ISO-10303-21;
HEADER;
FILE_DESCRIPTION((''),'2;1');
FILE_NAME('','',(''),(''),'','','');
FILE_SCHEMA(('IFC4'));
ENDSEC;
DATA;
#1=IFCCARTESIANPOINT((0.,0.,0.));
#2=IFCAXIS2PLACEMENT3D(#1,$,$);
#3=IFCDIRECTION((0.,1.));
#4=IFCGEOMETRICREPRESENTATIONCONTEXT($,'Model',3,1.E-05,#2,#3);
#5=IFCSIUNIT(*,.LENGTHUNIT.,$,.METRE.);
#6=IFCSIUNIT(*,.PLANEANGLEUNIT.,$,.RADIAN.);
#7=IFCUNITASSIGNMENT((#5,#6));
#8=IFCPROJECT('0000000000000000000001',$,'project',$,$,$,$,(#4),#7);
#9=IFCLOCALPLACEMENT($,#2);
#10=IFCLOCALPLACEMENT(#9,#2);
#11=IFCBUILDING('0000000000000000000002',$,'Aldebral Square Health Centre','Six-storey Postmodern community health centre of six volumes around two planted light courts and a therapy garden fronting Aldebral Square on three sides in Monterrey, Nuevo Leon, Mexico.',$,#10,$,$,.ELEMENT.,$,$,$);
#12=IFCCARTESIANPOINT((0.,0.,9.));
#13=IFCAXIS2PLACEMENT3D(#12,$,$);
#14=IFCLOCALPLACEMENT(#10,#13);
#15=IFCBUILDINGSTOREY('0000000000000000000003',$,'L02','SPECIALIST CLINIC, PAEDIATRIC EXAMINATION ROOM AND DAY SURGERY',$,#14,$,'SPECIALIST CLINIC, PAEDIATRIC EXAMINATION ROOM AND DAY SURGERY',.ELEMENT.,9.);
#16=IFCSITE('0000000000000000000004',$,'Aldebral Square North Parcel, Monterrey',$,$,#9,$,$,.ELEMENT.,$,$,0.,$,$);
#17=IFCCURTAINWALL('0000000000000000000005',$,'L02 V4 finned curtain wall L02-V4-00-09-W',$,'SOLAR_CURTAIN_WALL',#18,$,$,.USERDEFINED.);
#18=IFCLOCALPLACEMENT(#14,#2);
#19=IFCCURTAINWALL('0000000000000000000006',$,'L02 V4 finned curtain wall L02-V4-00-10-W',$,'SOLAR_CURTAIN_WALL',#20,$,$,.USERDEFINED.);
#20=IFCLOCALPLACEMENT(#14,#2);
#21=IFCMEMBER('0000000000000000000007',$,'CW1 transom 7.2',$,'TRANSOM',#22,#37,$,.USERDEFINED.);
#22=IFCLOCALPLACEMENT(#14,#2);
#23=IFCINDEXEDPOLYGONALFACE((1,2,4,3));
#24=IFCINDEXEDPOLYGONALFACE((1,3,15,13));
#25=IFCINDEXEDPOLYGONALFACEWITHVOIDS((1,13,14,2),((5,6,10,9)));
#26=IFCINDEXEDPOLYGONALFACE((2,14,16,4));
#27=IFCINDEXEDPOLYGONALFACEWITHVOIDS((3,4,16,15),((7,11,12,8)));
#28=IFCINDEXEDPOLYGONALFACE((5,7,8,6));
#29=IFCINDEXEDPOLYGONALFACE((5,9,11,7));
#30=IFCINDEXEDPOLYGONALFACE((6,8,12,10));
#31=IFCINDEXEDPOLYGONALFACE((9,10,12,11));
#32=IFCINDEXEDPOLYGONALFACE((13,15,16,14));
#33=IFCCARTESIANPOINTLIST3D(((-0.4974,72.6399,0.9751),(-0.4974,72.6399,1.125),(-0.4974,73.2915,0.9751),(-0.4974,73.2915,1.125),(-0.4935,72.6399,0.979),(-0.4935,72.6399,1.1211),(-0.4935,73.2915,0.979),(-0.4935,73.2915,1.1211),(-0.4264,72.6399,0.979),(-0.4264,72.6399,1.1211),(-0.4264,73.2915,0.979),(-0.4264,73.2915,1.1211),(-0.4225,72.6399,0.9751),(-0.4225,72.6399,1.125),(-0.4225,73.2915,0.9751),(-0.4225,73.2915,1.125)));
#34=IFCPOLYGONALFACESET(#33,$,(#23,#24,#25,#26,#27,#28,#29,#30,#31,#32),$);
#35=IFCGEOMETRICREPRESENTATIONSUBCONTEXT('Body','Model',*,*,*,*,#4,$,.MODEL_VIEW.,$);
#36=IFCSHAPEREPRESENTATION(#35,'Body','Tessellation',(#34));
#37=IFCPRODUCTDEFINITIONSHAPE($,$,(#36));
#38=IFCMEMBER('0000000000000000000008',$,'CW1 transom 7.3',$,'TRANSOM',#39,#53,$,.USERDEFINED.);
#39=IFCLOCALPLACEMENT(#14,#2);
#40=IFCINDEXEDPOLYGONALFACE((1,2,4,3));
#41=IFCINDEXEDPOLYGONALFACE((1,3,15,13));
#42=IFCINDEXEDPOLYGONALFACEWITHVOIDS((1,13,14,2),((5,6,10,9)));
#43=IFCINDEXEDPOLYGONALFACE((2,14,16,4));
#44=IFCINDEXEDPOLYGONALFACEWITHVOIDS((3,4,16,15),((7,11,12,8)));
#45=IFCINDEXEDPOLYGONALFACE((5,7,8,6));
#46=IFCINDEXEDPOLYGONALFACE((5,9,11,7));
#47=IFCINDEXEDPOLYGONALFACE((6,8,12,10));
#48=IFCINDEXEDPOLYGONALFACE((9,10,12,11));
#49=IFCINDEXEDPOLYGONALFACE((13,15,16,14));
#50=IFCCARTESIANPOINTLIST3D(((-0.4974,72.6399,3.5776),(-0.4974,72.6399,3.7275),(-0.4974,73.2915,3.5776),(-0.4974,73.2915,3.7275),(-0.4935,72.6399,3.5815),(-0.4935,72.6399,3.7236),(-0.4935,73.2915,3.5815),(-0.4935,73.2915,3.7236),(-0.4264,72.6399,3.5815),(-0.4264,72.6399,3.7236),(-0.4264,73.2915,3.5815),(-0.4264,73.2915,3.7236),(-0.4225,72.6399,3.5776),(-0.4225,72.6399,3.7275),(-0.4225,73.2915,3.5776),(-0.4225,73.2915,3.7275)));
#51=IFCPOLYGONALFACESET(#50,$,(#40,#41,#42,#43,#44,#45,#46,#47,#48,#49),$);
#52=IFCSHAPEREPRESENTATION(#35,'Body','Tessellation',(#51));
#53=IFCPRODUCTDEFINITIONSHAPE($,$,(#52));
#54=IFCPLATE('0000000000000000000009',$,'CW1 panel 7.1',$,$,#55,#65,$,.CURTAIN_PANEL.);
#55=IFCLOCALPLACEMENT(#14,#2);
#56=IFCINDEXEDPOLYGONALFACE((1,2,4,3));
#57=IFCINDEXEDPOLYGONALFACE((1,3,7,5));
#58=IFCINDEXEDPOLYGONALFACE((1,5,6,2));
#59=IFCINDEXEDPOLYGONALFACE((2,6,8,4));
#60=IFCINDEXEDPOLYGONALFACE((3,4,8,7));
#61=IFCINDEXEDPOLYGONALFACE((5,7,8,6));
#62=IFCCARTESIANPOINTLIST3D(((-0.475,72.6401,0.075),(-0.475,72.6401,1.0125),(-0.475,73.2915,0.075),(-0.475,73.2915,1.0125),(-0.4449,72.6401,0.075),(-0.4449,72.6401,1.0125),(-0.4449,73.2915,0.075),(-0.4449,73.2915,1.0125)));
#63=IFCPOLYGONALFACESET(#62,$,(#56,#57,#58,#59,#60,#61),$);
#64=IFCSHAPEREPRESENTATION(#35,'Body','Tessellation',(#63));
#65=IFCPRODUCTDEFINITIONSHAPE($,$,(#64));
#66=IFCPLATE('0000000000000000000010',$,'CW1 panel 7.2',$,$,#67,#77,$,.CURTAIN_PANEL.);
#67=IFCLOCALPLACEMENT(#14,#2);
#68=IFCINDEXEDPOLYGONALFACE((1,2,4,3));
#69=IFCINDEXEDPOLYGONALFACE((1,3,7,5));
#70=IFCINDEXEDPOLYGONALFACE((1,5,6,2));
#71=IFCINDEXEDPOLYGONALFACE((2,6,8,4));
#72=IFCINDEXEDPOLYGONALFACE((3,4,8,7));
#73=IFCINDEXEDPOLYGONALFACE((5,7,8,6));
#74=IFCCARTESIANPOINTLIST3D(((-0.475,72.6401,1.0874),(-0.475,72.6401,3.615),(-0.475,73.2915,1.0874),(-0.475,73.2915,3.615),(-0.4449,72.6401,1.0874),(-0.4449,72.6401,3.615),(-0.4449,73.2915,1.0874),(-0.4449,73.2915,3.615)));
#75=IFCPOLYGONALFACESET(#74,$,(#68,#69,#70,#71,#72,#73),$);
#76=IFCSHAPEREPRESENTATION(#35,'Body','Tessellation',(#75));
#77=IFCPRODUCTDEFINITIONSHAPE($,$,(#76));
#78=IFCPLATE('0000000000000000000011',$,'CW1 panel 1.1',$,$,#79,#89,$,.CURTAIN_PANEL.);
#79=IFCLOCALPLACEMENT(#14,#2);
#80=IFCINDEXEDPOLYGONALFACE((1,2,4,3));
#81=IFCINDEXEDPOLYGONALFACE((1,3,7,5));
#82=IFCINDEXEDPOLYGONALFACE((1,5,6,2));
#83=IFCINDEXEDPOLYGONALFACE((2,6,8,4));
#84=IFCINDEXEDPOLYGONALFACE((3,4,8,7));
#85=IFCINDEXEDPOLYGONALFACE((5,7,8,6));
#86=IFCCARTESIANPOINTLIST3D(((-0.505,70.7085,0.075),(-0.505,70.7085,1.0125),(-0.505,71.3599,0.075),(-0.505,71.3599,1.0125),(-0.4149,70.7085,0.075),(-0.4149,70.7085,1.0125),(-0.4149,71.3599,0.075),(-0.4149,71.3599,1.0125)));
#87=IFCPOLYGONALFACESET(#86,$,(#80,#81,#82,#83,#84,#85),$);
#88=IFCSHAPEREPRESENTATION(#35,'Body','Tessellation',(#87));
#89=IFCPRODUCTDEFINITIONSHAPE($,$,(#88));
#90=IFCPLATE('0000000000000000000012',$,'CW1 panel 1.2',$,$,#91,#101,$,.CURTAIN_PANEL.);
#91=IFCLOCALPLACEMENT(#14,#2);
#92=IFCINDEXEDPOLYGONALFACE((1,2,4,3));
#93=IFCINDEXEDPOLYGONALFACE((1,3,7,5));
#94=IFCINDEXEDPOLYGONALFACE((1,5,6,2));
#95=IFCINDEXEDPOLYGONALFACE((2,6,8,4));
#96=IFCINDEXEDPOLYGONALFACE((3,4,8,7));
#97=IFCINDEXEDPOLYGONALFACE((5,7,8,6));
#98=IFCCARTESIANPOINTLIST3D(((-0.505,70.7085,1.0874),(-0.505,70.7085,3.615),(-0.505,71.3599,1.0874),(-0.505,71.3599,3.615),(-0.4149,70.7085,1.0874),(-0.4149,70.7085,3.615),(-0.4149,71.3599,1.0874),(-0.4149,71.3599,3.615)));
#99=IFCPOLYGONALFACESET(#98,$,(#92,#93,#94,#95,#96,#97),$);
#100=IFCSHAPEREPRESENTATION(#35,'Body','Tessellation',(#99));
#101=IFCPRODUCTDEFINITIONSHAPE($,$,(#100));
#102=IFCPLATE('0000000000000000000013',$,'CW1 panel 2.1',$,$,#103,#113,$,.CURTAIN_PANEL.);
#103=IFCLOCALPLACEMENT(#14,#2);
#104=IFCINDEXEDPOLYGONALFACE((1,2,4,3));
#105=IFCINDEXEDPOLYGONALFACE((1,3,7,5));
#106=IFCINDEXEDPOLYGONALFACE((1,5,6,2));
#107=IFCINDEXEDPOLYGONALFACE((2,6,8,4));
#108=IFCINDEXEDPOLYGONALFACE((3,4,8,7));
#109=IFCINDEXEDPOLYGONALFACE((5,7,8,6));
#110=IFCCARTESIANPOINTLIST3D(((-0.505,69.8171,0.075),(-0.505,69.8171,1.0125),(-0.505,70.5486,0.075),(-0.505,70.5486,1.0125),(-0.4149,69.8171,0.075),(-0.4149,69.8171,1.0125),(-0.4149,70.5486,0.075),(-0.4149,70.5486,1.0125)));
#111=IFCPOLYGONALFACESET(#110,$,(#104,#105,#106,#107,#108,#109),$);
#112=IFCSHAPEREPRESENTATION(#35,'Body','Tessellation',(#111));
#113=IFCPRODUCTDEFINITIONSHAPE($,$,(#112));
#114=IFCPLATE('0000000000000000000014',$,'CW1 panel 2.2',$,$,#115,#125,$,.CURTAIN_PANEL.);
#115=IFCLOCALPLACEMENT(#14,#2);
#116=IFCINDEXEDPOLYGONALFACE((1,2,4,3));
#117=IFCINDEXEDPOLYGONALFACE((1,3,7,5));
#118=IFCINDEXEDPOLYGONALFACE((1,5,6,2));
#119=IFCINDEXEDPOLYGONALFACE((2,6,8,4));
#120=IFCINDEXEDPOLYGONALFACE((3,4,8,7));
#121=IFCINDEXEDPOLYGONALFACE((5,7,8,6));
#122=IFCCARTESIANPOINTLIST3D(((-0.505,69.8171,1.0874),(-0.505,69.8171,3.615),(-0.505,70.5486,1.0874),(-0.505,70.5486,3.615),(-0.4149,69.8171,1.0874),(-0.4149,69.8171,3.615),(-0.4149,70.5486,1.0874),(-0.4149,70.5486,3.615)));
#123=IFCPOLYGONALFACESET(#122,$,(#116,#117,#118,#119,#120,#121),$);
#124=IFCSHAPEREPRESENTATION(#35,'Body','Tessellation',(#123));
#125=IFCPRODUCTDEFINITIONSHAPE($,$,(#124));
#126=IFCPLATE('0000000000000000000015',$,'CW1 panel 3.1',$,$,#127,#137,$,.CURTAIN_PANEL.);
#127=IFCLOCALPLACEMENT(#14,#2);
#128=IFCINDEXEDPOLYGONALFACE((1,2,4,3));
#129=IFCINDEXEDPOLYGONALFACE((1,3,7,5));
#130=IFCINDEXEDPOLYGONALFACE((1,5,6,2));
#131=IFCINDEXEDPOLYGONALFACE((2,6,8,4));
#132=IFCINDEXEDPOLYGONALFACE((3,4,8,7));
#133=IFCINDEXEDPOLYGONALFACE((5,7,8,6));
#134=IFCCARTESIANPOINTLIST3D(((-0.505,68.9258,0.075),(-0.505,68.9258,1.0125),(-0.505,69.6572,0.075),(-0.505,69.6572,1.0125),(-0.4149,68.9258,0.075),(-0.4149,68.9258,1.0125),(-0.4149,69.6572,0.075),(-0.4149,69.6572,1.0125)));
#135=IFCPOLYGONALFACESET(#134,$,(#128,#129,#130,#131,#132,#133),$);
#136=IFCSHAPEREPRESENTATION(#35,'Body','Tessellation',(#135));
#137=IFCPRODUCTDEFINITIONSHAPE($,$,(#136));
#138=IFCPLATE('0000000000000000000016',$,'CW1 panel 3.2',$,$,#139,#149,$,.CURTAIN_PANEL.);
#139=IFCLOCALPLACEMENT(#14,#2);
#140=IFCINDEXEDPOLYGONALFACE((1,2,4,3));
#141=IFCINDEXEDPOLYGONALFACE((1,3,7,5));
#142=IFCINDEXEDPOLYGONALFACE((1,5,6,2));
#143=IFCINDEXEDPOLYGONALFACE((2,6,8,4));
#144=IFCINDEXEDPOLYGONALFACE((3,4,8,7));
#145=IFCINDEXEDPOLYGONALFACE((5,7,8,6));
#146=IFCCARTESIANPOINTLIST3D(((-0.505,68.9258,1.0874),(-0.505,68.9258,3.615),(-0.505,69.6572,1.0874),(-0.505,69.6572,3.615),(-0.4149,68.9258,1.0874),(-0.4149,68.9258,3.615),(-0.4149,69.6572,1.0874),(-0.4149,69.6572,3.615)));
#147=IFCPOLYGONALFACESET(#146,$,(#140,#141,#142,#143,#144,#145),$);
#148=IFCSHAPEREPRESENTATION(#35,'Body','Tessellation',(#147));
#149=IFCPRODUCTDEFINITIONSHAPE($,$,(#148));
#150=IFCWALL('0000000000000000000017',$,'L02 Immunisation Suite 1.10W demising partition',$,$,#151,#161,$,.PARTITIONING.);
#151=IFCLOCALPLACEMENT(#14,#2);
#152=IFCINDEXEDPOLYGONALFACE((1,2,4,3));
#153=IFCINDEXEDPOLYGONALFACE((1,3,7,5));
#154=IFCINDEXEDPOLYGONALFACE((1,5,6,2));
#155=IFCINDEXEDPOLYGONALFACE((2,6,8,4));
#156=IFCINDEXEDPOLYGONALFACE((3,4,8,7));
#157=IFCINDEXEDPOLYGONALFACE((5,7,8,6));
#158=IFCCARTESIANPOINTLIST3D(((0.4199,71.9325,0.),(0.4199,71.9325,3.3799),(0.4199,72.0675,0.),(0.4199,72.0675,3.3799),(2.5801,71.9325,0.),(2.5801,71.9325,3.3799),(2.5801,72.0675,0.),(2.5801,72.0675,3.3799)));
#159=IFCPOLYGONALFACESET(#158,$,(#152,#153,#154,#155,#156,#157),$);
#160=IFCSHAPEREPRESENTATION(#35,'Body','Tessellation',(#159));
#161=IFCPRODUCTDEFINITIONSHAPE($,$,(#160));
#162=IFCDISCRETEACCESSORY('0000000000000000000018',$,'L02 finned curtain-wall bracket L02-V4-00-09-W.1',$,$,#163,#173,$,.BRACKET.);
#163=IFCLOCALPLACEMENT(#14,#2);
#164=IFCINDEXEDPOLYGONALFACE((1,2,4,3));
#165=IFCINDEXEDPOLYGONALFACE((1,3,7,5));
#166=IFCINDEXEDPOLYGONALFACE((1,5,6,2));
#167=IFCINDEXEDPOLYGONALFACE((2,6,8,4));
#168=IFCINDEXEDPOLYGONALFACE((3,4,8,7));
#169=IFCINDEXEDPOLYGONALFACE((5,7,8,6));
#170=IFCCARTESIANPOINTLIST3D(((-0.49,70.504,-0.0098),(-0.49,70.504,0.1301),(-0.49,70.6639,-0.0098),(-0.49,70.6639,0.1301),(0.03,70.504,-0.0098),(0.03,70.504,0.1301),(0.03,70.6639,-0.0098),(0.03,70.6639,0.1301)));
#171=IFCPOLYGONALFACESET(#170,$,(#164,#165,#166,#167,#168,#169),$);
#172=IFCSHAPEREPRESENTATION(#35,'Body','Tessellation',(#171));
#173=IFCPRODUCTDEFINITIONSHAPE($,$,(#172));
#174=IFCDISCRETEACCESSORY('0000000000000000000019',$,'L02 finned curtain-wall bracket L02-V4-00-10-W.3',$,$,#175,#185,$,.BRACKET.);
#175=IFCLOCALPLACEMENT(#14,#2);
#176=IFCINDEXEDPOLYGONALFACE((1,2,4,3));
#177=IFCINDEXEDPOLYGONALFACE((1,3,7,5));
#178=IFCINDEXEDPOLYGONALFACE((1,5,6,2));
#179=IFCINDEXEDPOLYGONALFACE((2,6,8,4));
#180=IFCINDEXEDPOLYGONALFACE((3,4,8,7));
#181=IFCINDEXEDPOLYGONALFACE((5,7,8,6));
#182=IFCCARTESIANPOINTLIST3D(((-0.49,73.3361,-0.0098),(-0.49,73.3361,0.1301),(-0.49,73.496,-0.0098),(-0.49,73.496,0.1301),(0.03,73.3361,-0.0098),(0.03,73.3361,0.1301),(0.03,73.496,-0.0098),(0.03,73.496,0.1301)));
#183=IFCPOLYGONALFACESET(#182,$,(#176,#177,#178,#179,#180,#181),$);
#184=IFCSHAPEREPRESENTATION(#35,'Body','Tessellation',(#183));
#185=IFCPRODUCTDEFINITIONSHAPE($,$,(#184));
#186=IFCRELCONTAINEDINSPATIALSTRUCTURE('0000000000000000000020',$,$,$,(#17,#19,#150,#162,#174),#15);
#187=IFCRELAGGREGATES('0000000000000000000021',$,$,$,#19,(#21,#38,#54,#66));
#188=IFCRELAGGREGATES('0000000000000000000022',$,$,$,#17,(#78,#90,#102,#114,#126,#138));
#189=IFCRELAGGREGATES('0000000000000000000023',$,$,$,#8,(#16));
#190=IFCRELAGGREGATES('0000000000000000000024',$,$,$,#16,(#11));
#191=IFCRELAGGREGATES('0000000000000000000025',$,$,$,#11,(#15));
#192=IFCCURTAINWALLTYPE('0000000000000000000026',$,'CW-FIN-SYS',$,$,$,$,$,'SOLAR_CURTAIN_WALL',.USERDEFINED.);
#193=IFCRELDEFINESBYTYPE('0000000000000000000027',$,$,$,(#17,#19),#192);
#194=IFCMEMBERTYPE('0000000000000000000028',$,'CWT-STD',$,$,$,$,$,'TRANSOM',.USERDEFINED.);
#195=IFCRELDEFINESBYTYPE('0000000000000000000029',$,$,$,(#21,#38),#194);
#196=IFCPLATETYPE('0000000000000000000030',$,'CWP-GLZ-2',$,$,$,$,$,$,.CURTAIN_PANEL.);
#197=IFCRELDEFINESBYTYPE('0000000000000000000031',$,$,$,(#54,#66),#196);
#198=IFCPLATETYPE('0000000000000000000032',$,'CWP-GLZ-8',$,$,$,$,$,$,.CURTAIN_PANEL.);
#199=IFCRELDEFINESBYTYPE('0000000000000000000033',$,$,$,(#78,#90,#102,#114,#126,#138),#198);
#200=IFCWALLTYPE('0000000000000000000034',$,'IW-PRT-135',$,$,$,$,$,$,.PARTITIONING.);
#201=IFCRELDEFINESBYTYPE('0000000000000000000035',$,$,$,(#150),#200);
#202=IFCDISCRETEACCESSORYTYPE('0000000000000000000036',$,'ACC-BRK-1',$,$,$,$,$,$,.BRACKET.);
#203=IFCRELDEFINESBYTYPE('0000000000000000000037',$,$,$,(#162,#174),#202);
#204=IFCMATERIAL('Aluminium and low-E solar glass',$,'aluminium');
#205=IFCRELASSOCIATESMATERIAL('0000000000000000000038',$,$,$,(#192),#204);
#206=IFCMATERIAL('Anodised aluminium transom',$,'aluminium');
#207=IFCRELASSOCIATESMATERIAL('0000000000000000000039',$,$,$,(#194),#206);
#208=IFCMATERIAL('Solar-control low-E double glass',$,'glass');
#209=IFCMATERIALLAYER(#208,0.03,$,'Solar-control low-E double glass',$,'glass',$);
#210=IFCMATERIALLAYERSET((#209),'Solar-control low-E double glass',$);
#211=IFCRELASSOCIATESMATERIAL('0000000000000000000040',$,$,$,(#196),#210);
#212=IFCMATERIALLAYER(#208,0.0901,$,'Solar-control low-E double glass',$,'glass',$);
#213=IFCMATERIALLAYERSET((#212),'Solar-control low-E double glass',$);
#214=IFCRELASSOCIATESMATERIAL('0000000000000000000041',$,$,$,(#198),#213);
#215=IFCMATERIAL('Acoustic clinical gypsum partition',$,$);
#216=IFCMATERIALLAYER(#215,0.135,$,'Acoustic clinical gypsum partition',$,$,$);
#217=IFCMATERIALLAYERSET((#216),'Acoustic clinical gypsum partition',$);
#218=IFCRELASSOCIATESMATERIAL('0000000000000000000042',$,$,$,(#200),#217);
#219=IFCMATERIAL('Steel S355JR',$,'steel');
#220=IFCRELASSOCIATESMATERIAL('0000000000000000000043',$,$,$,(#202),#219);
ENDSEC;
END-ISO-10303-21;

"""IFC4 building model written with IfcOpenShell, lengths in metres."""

from ifc_helpers import new_model, si_unit, direction, frame, frame_2d, origin, origin_2d, place, context, subcontext, project, spatial, rectangle, hollow_rectangle, extrude, material, layer, layer_set, material_profile, profile_set, type_object, element, aggregate, save


model = new_model("IFC4")

# Units and contexts
model_context = context("Model", 3, precision=1e-05, world=origin(), true_north=direction((0.0, 1.0)))
body_context = subcontext(model_context, "Body", "Model", "MODEL_VIEW")
ifc_project = project(units=[si_unit("LENGTHUNIT", "METRE"), si_unit("PLANEANGLEUNIT", "RADIAN")], contexts=[model_context])

# Site, building, storey
site_placement = place(None, origin())
site = spatial("IfcSite", under=ifc_project, at=site_placement, Name="Aldebral Square North Parcel, Monterrey", CompositionType="ELEMENT", RefElevation=0.0)
building_placement = place(site_placement, origin())
building = spatial("IfcBuilding", under=site, at=building_placement, Name="Aldebral Square Health Centre", Description="Six-storey Postmodern community health centre of six volumes around two planted light courts and a therapy garden fronting Aldebral Square on three sides in Monterrey, Nuevo Leon, Mexico.", CompositionType="ELEMENT")
storey_placement = place(building_placement, frame((0.0, 0.0, 9.0)))
storey = spatial("IfcBuildingStorey", under=building, at=storey_placement, Name="L02", Description="SPECIALIST CLINIC, PAEDIATRIC EXAMINATION ROOM AND DAY SURGERY", LongName="SPECIALIST CLINIC, PAEDIATRIC EXAMINATION ROOM AND DAY SURGERY", CompositionType="ELEMENT", Elevation=9.0)

# Curtain walls
ifc_material_1 = material(Name="Aluminium and low-E solar glass", Category="aluminium")
curtain_wall_type = type_object("IfcCurtainWallType", Name="CW-FIN-SYS", ElementType="SOLAR_CURTAIN_WALL", PredefinedType="USERDEFINED", material=ifc_material_1)
curtain_wall_1_placement = place(storey_placement, origin())
curtain_wall_1 = element("IfcCurtainWall", 1, at=curtain_wall_1_placement, inside=storey, type_object=curtain_wall_type, Name="L02 V4 finned curtain wall L02-V4-00-09-W", ObjectType="SOLAR_CURTAIN_WALL", PredefinedType="USERDEFINED")
curtain_wall_2_placement = place(storey_placement, origin())
curtain_wall_2 = element("IfcCurtainWall", 2, at=curtain_wall_2_placement, inside=storey, type_object=curtain_wall_type, Name="L02 V4 finned curtain wall L02-V4-00-10-W", ObjectType="SOLAR_CURTAIN_WALL", PredefinedType="USERDEFINED")

# Members
ifc_material_2 = material(Name="Anodised aluminium transom", Category="aluminium")
ifc_material_profile_1 = material_profile(ifc_material_2, hollow_rectangle(XDim=0.075, YDim=0.1499, WallThickness=0.0039, at=origin_2d()), Name="CWT 75x150x4")
ifc_profile_set_1 = profile_set([ifc_material_profile_1], Name="Anodised aluminium transom")
member_type_1 = type_object("IfcMemberType", Name="CWT-STD", ElementType="TRANSOM", PredefinedType="USERDEFINED", material=ifc_profile_set_1)
member_1_placement = place(storey_placement, frame((-0.46, 73.2915, 1.05), z_axis=(0.0, -1.0, 0.0), x_axis=(1.0, 0.0, 0.0)))
member_1 = element("IfcMember", 3, at=member_1_placement, type_object=member_type_1, Name="CW1 transom 7.2", ObjectType="TRANSOM", PredefinedType="USERDEFINED", context=body_context, shape_type="SweptSolid", body=[
    extrude(hollow_rectangle(XDim=0.075, YDim=0.1499, WallThickness=0.0039, at=origin_2d()), origin(), (0.0, 0.0, 1.0), 0.6516),
])
member_2_placement = place(storey_placement, frame((-0.46, 73.2915, 3.6526), z_axis=(0.0, -1.0, 0.0), x_axis=(1.0, 0.0, 0.0)))
member_2 = element("IfcMember", 4, at=member_2_placement, type_object=member_type_1, Name="CW1 transom 7.3", ObjectType="TRANSOM", PredefinedType="USERDEFINED", context=body_context, shape_type="SweptSolid", body=[
    extrude(hollow_rectangle(XDim=0.075, YDim=0.1499, WallThickness=0.0039, at=origin_2d()), origin(), (0.0, 0.0, 1.0), 0.6516),
])

# Plates
ifc_material_3 = material(Name="Solar-control low-E double glass", Category="glass")
ifc_layer_1 = layer(ifc_material_3, 0.03, Name="Solar-control low-E double glass", Category="glass")
ifc_layer_set_1 = layer_set([ifc_layer_1], Name="Solar-control low-E double glass")
plate_type_1 = type_object("IfcPlateType", Name="CWP-GLZ-2", PredefinedType="CURTAIN_PANEL", material=ifc_layer_set_1)
plate_1_placement = place(storey_placement, frame((-0.46, 72.9658, 0.075), z_axis=(0.0, 0.0, 1.0), x_axis=(0.0, -1.0, 0.0)))
plate_1 = element("IfcPlate", 5, at=plate_1_placement, type_object=plate_type_1, Name="CW1 panel 7.1", PredefinedType="CURTAIN_PANEL", context=body_context, shape_type="SweptSolid", body=[
    extrude(rectangle(XDim=0.6514, YDim=0.03, at=origin_2d()), origin(), (0.0, 0.0, 1.0), 0.9375),
])
plate_2_placement = place(storey_placement, frame((-0.46, 72.9658, 1.0874), z_axis=(0.0, 0.0, 1.0), x_axis=(0.0, -1.0, 0.0)))
plate_2 = element("IfcPlate", 6, at=plate_2_placement, type_object=plate_type_1, Name="CW1 panel 7.2", PredefinedType="CURTAIN_PANEL", context=body_context, shape_type="SweptSolid", body=[
    extrude(rectangle(XDim=0.6514, YDim=0.03, at=origin_2d()), origin(), (0.0, 0.0, 1.0), 2.5276),
])
aggregate(curtain_wall_2, [member_1, member_2, plate_1, plate_2])
ifc_layer_2 = layer(ifc_material_3, 0.0901, Name="Solar-control low-E double glass", Category="glass")
ifc_layer_set_2 = layer_set([ifc_layer_2], Name="Solar-control low-E double glass")
plate_type_2 = type_object("IfcPlateType", Name="CWP-GLZ-8", PredefinedType="CURTAIN_PANEL", material=ifc_layer_set_2)
plate_3_placement = place(storey_placement, frame((-0.46, 71.0342, 0.075), z_axis=(0.0, 0.0, 1.0), x_axis=(0.0, -1.0, 0.0)))
plate_3 = element("IfcPlate", 7, at=plate_3_placement, type_object=plate_type_2, Name="CW1 panel 1.1", PredefinedType="CURTAIN_PANEL", context=body_context, shape_type="SweptSolid", body=[
    extrude(rectangle(XDim=0.6514, YDim=0.0901, at=origin_2d()), origin(), (0.0, 0.0, 1.0), 0.9375),
])
plate_4_placement = place(storey_placement, frame((-0.46, 71.0342, 1.0874), z_axis=(0.0, 0.0, 1.0), x_axis=(0.0, -1.0, 0.0)))
plate_4 = element("IfcPlate", 8, at=plate_4_placement, type_object=plate_type_2, Name="CW1 panel 1.2", PredefinedType="CURTAIN_PANEL", context=body_context, shape_type="SweptSolid", body=[
    extrude(rectangle(XDim=0.6514, YDim=0.0901, at=origin_2d()), origin(), (0.0, 0.0, 1.0), 2.5276),
])
plate_5_placement = place(storey_placement, frame((-0.46, 70.1829, 0.075), z_axis=(0.0, 0.0, 1.0), x_axis=(0.0, -1.0, 0.0)))
plate_5 = element("IfcPlate", 9, at=plate_5_placement, type_object=plate_type_2, Name="CW1 panel 2.1", PredefinedType="CURTAIN_PANEL", context=body_context, shape_type="SweptSolid", body=[
    extrude(rectangle(XDim=0.7314, YDim=0.0901, at=origin_2d()), origin(), (0.0, 0.0, 1.0), 0.9375),
])
plate_6_placement = place(storey_placement, frame((-0.46, 70.1829, 1.0874), z_axis=(0.0, 0.0, 1.0), x_axis=(0.0, -1.0, 0.0)))
plate_6 = element("IfcPlate", 10, at=plate_6_placement, type_object=plate_type_2, Name="CW1 panel 2.2", PredefinedType="CURTAIN_PANEL", context=body_context, shape_type="SweptSolid", body=[
    extrude(rectangle(XDim=0.7314, YDim=0.0901, at=origin_2d()), origin(), (0.0, 0.0, 1.0), 2.5276),
])
plate_7_placement = place(storey_placement, frame((-0.46, 69.2915, 0.075), z_axis=(0.0, 0.0, 1.0), x_axis=(0.0, -1.0, 0.0)))
plate_7 = element("IfcPlate", 11, at=plate_7_placement, type_object=plate_type_2, Name="CW1 panel 3.1", PredefinedType="CURTAIN_PANEL", context=body_context, shape_type="SweptSolid", body=[
    extrude(rectangle(XDim=0.7314, YDim=0.0901, at=origin_2d()), origin(), (0.0, 0.0, 1.0), 0.9375),
])
plate_8_placement = place(storey_placement, frame((-0.46, 69.2915, 1.0874), z_axis=(0.0, 0.0, 1.0), x_axis=(0.0, -1.0, 0.0)))
plate_8 = element("IfcPlate", 12, at=plate_8_placement, type_object=plate_type_2, Name="CW1 panel 3.2", PredefinedType="CURTAIN_PANEL", context=body_context, shape_type="SweptSolid", body=[
    extrude(rectangle(XDim=0.7314, YDim=0.0901, at=origin_2d()), origin(), (0.0, 0.0, 1.0), 2.5276),
])
aggregate(curtain_wall_1, [plate_3, plate_4, plate_5, plate_6, plate_7, plate_8])

# Wall
ifc_material_4 = material(Name="Acoustic clinical gypsum partition")
ifc_layer_3 = layer(ifc_material_4, 0.135, Name="Acoustic clinical gypsum partition")
ifc_layer_set_3 = layer_set([ifc_layer_3], Name="Acoustic clinical gypsum partition")
wall_type = type_object("IfcWallType", Name="IW-PRT-135", PredefinedType="PARTITIONING", material=ifc_layer_set_3)
wall_placement = place(storey_placement, frame((0.4199, 72.0, 0.0), z_axis=(0.0, 0.0, 1.0), x_axis=(1.0, 0.0, 0.0)))
element("IfcWall", 13, at=wall_placement, inside=storey, type_object=wall_type, Name="L02 Immunisation Suite 1.10W demising partition", PredefinedType="PARTITIONING", context=body_context, shape_type="SweptSolid", body=[
    extrude(rectangle(XDim=2.1602, YDim=0.135, at=frame_2d((1.0801, 0.0))), origin(), (0.0, 0.0, 1.0), 3.3799),
])

# Discrete accessories
ifc_material_5 = material(Name="Steel S355JR", Category="steel")
discrete_accessory_type = type_object("IfcDiscreteAccessoryType", Name="ACC-BRK-1", PredefinedType="BRACKET", material=ifc_material_5)
for number, where, z_axis, x_axis, name in (
    (14, (-0.23, 70.584, -0.0098), (0.0, 0.0, 1.0), (0.0, 1.0, 0.0), "L02 finned curtain-wall bracket L02-V4-00-09-W.1"),
    (15, (-0.23, 73.416, -0.0098), (0.0, 0.0, 1.0), (0.0, 1.0, 0.0), "L02 finned curtain-wall bracket L02-V4-00-10-W.3"),
):
    element("IfcDiscreteAccessory", number, at=place(storey_placement, frame(where, z_axis=z_axis, x_axis=x_axis)), inside=storey, type_object=discrete_accessory_type, Name=name, PredefinedType="BRACKET", context=body_context, shape_type="SweptSolid", body=[
        extrude(rectangle(XDim=0.1599, YDim=0.52, at=origin_2d()), origin(), (0.0, 0.0, 1.0), 0.1399),
    ])

save(model, "model.ifc")
